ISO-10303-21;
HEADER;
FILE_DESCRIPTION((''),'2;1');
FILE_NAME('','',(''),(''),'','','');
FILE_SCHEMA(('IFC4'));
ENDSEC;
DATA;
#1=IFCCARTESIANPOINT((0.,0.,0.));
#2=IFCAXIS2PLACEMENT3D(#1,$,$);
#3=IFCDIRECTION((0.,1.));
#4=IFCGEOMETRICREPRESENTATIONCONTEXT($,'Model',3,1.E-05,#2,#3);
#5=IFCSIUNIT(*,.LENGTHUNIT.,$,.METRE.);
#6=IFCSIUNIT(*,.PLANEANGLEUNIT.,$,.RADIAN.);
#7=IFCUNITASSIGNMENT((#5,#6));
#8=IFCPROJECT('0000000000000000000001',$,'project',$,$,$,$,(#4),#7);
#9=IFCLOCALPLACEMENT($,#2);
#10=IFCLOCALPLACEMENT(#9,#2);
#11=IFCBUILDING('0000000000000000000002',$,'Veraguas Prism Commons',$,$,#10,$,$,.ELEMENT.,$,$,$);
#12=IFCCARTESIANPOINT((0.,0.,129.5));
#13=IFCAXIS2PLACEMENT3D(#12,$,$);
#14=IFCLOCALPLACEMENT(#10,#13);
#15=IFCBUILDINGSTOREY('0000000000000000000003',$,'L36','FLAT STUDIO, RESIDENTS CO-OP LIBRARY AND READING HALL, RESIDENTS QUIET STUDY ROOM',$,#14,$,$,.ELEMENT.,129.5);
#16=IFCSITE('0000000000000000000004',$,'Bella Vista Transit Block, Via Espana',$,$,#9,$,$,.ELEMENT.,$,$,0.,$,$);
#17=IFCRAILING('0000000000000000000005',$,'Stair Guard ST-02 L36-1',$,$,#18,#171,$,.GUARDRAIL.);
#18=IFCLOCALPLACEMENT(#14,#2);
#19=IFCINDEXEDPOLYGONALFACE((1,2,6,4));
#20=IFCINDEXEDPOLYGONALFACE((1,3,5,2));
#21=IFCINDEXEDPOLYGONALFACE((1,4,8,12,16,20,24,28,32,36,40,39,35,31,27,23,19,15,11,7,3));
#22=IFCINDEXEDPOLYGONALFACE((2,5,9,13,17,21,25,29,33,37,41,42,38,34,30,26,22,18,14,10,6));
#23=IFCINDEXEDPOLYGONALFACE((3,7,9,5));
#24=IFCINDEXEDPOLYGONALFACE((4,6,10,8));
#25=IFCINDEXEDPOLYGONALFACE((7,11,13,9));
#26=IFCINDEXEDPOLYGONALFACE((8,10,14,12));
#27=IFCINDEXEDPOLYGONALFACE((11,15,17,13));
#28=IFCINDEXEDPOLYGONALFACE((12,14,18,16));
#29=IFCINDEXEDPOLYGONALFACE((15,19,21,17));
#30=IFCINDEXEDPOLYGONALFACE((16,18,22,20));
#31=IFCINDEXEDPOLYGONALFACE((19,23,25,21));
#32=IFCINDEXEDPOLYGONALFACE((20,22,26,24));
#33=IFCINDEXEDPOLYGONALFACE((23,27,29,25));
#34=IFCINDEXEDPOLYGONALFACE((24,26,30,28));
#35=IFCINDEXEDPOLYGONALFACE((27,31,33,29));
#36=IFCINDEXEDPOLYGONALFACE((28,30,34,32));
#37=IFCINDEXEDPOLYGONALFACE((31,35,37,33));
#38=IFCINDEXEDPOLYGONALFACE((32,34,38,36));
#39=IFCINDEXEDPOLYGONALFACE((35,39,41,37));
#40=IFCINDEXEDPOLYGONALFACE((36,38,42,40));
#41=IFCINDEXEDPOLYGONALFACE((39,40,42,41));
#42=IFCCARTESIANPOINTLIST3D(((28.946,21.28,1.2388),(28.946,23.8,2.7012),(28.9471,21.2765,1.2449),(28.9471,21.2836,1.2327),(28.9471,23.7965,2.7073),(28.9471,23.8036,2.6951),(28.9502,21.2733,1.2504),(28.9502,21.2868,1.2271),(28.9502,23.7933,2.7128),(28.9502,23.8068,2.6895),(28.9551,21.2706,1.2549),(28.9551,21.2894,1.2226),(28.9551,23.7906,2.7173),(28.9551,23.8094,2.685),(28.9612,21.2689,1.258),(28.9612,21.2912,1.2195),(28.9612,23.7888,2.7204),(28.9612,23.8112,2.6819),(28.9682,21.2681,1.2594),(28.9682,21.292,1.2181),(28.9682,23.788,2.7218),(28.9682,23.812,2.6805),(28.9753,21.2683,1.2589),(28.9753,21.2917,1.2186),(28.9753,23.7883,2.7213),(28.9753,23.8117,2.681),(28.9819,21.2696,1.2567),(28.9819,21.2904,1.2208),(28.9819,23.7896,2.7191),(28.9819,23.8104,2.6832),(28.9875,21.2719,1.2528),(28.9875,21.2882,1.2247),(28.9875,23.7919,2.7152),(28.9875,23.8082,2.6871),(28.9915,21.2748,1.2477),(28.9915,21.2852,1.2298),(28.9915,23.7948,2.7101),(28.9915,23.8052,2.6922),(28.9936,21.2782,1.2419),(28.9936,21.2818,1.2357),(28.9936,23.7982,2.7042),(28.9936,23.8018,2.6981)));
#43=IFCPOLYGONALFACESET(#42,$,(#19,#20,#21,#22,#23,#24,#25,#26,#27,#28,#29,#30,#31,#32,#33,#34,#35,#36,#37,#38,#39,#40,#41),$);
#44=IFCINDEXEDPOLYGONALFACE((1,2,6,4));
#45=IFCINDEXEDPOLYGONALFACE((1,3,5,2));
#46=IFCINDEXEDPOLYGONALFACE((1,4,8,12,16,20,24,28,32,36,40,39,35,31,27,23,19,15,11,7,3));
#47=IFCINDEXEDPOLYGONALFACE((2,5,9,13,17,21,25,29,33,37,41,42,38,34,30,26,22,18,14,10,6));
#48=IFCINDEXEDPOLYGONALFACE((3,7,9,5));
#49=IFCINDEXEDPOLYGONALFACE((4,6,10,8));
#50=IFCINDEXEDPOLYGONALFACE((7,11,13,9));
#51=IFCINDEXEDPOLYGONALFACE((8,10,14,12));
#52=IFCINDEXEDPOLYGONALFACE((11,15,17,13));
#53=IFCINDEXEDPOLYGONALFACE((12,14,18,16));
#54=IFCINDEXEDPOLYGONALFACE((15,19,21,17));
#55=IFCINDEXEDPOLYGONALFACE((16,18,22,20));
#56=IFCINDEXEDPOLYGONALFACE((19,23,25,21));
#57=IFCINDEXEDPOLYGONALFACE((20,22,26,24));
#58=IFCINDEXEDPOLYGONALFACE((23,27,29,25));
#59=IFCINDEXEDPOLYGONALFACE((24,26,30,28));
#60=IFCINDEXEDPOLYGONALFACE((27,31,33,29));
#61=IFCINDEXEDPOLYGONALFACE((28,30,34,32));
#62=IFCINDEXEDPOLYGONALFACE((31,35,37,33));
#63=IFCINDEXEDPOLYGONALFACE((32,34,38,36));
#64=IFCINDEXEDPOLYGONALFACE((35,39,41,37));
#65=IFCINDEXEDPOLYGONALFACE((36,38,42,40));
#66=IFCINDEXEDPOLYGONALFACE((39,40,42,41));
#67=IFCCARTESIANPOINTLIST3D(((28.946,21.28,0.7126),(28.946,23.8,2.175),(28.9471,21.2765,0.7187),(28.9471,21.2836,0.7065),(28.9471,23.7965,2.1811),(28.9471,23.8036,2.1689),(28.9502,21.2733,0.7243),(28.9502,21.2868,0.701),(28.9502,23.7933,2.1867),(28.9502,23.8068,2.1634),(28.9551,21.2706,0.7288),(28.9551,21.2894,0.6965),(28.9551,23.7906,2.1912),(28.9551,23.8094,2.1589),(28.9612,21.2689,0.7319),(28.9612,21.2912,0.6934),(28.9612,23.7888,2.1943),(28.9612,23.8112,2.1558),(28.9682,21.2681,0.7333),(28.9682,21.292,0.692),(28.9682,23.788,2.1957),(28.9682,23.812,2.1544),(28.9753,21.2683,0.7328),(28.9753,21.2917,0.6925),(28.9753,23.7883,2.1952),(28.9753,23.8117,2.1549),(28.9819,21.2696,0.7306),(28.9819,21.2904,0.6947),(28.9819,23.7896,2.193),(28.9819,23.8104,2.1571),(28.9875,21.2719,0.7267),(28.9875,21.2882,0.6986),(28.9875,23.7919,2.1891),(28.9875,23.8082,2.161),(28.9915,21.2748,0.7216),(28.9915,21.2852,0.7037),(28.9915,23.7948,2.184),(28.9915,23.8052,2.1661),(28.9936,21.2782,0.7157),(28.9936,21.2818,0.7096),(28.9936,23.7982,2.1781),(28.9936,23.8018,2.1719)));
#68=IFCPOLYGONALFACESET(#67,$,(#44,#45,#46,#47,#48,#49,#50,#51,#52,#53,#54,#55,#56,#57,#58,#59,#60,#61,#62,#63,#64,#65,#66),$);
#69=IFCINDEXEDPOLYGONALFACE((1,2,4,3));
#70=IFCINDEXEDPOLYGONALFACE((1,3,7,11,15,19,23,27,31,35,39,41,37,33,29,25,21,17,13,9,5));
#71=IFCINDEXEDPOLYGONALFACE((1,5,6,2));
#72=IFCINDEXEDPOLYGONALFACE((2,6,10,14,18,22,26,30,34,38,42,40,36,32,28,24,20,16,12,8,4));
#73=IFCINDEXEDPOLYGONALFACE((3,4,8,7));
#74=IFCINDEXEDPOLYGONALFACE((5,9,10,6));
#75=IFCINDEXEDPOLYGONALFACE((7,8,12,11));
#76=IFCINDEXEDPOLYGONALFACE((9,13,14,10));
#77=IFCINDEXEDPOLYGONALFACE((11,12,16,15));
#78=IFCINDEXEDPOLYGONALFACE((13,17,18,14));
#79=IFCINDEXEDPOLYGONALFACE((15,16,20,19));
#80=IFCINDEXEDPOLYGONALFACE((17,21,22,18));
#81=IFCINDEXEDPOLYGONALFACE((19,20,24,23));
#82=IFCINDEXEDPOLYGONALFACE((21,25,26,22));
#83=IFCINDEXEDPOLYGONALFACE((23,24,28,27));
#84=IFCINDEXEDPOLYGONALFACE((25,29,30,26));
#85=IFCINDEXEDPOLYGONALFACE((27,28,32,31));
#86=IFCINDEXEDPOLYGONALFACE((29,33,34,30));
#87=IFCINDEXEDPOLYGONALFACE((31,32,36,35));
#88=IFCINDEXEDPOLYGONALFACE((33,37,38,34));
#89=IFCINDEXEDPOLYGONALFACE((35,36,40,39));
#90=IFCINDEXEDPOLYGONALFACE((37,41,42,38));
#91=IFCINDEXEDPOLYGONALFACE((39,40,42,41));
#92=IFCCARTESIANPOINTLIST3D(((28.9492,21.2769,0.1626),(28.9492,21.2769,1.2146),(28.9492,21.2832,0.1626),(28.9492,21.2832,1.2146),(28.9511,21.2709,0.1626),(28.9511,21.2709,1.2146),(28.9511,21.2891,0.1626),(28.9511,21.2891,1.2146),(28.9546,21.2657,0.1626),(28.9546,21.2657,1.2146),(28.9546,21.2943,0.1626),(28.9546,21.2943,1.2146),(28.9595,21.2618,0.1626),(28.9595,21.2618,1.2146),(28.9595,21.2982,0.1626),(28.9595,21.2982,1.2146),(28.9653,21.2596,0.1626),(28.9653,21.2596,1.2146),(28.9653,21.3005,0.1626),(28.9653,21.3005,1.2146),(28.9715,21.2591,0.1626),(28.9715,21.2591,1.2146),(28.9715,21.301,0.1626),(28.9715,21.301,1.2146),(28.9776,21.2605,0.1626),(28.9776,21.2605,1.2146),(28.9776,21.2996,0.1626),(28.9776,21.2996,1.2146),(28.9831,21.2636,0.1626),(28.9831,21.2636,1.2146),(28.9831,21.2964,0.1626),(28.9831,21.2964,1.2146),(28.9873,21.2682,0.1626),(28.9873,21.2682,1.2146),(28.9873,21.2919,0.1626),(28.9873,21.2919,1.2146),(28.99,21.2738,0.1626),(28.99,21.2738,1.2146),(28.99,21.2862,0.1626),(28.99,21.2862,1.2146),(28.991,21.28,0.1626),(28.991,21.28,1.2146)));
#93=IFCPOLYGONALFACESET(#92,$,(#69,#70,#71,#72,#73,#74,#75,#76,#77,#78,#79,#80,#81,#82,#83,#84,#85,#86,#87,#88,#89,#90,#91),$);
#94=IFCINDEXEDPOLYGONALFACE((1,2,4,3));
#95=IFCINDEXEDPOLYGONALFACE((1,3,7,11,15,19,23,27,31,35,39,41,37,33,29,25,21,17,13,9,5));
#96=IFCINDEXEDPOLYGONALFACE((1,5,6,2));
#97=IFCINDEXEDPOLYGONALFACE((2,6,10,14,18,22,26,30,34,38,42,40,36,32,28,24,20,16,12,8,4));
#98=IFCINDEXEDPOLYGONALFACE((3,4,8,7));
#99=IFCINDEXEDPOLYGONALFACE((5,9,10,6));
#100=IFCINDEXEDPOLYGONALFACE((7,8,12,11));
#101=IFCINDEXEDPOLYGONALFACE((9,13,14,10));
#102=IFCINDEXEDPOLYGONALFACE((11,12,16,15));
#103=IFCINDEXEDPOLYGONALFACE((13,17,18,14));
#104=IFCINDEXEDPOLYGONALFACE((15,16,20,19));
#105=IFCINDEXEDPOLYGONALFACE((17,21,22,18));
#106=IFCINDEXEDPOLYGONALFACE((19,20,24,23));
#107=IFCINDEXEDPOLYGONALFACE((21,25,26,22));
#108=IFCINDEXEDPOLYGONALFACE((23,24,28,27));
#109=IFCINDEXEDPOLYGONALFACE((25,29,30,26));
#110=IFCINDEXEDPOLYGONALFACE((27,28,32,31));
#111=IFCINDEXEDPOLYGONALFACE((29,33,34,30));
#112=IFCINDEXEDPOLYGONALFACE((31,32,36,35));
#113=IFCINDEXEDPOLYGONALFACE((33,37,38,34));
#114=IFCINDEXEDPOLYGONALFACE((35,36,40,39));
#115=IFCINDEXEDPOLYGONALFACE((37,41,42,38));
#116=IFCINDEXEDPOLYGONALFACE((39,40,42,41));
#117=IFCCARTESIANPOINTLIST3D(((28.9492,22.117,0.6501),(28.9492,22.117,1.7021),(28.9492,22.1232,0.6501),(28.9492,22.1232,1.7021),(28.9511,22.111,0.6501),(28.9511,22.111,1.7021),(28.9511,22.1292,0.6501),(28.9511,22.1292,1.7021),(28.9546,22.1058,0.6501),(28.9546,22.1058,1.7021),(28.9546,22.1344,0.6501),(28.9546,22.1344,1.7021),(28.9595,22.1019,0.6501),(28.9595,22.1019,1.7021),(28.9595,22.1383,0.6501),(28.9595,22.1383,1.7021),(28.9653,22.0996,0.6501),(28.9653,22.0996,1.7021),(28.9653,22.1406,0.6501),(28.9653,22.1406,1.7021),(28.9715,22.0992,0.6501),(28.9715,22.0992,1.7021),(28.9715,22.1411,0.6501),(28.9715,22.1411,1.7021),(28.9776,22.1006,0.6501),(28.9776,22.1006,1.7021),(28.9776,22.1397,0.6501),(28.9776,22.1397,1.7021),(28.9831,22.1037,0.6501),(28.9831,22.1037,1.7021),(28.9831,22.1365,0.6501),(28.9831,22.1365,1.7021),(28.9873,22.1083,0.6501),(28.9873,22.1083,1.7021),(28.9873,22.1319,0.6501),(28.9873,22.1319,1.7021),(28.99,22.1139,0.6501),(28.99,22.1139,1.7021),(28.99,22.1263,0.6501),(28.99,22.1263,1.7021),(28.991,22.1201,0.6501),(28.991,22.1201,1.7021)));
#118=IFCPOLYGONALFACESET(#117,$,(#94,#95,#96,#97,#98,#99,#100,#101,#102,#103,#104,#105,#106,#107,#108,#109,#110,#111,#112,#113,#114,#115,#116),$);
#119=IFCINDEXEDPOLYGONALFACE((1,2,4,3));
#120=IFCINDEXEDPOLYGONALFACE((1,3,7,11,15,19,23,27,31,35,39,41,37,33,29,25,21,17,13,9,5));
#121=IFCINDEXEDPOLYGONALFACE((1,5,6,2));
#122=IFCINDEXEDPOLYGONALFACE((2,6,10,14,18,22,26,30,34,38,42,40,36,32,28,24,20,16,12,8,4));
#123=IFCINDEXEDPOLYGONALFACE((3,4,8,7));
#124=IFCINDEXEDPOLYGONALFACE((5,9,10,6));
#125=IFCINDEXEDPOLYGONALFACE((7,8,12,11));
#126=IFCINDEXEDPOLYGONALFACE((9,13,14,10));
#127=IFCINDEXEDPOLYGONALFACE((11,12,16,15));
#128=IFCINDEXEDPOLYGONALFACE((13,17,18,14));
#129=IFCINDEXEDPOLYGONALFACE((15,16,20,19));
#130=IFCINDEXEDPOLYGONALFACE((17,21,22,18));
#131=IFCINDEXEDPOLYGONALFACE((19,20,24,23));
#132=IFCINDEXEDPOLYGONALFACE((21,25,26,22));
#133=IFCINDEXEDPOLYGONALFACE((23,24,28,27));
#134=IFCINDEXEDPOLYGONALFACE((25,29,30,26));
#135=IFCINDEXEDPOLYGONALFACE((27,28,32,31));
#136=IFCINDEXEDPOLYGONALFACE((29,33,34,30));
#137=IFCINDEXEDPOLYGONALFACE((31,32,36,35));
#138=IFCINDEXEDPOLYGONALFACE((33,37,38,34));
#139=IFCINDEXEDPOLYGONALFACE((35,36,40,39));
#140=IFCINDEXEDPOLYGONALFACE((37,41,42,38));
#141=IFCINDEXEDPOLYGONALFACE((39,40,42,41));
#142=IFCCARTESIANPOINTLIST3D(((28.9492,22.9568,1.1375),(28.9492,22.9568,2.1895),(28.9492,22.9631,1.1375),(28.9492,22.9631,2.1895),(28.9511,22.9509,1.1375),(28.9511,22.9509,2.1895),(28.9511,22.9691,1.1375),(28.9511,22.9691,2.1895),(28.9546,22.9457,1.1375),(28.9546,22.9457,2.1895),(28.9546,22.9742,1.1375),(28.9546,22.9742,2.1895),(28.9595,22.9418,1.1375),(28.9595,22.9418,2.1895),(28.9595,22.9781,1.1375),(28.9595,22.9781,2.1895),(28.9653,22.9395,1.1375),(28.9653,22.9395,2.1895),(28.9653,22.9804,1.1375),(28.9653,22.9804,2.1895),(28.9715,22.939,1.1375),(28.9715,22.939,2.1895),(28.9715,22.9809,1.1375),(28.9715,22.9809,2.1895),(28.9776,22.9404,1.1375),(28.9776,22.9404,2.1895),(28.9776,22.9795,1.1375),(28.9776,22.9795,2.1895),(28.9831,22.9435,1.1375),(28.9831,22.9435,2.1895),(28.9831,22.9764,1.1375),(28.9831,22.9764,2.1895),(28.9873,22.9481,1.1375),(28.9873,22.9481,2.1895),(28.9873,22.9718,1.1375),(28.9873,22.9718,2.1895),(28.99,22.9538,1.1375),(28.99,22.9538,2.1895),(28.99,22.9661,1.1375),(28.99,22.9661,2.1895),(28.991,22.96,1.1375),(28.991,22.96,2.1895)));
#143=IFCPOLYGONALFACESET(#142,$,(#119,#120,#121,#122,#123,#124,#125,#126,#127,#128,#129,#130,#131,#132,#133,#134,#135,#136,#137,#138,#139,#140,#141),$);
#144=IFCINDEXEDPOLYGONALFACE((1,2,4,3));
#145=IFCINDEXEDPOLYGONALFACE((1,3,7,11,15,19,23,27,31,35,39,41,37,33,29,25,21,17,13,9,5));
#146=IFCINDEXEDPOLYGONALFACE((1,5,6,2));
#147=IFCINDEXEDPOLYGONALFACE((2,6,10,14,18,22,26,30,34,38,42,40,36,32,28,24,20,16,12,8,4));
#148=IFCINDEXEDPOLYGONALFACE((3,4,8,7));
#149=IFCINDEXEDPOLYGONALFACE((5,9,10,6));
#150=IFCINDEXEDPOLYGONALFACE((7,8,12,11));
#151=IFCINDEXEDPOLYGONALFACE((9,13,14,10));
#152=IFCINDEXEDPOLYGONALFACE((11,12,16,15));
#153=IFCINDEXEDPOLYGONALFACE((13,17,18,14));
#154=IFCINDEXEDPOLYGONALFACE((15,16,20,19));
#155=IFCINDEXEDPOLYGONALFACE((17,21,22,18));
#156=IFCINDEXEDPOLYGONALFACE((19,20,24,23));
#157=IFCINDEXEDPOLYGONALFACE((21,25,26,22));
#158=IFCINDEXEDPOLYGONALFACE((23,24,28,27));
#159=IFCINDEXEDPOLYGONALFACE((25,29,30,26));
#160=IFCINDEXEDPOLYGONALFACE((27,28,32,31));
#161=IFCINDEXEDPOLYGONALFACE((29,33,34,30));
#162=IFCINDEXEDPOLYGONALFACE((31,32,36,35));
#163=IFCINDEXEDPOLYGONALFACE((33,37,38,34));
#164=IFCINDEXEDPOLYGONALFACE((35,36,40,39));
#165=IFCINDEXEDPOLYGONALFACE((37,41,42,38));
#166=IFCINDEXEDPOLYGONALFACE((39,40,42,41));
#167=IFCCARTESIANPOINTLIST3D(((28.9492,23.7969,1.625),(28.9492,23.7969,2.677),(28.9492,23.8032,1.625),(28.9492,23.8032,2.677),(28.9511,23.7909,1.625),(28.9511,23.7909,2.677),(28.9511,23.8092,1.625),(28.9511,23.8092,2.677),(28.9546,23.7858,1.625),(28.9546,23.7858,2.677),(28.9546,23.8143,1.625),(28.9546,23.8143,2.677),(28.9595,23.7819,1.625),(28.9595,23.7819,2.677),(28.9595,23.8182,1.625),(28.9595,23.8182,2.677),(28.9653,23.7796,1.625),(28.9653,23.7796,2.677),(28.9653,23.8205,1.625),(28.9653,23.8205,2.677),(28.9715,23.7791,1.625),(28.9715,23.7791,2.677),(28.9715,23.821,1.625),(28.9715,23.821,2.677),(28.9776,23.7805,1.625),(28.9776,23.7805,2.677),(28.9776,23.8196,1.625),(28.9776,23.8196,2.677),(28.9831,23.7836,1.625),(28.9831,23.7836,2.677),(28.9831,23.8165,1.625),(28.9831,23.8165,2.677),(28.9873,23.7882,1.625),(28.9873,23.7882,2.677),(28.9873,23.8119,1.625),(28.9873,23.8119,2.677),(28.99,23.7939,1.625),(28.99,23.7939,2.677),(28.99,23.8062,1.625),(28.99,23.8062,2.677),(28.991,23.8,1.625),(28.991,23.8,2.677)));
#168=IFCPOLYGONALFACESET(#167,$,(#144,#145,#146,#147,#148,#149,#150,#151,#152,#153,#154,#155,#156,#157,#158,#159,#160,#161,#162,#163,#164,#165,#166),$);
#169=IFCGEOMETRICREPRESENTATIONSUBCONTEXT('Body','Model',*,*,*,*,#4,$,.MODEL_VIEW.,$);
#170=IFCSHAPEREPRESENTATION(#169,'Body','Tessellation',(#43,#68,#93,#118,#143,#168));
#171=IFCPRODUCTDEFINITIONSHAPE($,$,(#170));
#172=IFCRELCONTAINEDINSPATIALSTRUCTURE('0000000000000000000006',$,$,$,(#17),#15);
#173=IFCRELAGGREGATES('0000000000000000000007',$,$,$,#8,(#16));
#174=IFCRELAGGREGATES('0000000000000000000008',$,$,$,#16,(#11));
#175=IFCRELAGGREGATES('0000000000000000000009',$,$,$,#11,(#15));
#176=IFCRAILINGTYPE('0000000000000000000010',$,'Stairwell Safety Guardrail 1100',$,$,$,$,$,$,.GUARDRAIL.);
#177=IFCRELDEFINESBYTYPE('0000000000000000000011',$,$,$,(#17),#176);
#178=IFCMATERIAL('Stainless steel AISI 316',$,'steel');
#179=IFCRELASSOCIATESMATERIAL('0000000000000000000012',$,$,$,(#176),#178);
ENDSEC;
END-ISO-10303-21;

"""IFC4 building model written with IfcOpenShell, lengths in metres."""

from ifc_helpers import new_model, si_unit, direction, frame, origin, origin_2d, place, context, subcontext, project, spatial, circle, extrude, material, type_object, element, save


model = new_model("IFC4")

# Units and contexts
model_context = context("Model", 3, precision=1e-05, world=origin(), true_north=direction((0.0, 1.0)))
body_context = subcontext(model_context, "Body", "Model", "MODEL_VIEW")
ifc_project = project(units=[si_unit("LENGTHUNIT", "METRE"), si_unit("PLANEANGLEUNIT", "RADIAN")], contexts=[model_context])

# Site, building, storey
site_placement = place(None, origin())
site = spatial("IfcSite", under=ifc_project, at=site_placement, Name="Bella Vista Transit Block, Via Espana", CompositionType="ELEMENT", RefElevation=0.0)
building_placement = place(site_placement, origin())
building = spatial("IfcBuilding", under=site, at=building_placement, Name="Veraguas Prism Commons", CompositionType="ELEMENT")
storey_placement = place(building_placement, frame((0.0, 0.0, 129.5)))
storey = spatial("IfcBuildingStorey", under=building, at=storey_placement, Name="L36", Description="FLAT STUDIO, RESIDENTS CO-OP LIBRARY AND READING HALL, RESIDENTS QUIET STUDY ROOM", CompositionType="ELEMENT", Elevation=129.5)

# Shared definitions
ifc_material_1 = material(Name="Stainless steel AISI 316", Category="steel")

# Railing
railing_type_1 = type_object("IfcRailingType", Name="Stairwell Safety Guardrail 1100", PredefinedType="GUARDRAIL", material=ifc_material_1)
railing_1_placement = place(storey_placement, frame((28.97, 21.28, 0.1626)))
element("IfcRailing", 1, at=railing_1_placement, inside=storey, type_object=railing_type_1, Name="Stair Guard ST-02 L36-1", PredefinedType="GUARDRAIL", context=body_context, shape_type="SweptSolid", body=[
    extrude(circle(Radius=0.0239, at=origin_2d()), frame((0.0, 0.0, 1.0762), z_axis=(0.0, 0.864913, 0.501921), x_axis=(-1.0, 0.0, 0.0)), (0.0, 0.0, 1.0), 2.9136),
    extrude(circle(Radius=0.0239, at=origin_2d()), frame((0.0, 0.0, 0.55), z_axis=(0.0, 0.864913, 0.501921), x_axis=(-1.0, 0.0, 0.0)), (0.0, 0.0, 1.0), 2.9136),
    extrude(circle(Radius=0.021, at=origin_2d()), origin(), (0.0, 0.0, 1.0), 1.052),
    extrude(circle(Radius=0.021, at=origin_2d()), frame((0.0, 0.8401, 0.4875)), (0.0, 0.0, 1.0), 1.052),
    extrude(circle(Radius=0.021, at=origin_2d()), frame((0.0, 1.6799, 0.9749)), (0.0, 0.0, 1.0), 1.052),
    extrude(circle(Radius=0.021, at=origin_2d()), frame((0.0, 2.52, 1.4624)), (0.0, 0.0, 1.0), 1.052),
])

save(model, "model.ifc")
